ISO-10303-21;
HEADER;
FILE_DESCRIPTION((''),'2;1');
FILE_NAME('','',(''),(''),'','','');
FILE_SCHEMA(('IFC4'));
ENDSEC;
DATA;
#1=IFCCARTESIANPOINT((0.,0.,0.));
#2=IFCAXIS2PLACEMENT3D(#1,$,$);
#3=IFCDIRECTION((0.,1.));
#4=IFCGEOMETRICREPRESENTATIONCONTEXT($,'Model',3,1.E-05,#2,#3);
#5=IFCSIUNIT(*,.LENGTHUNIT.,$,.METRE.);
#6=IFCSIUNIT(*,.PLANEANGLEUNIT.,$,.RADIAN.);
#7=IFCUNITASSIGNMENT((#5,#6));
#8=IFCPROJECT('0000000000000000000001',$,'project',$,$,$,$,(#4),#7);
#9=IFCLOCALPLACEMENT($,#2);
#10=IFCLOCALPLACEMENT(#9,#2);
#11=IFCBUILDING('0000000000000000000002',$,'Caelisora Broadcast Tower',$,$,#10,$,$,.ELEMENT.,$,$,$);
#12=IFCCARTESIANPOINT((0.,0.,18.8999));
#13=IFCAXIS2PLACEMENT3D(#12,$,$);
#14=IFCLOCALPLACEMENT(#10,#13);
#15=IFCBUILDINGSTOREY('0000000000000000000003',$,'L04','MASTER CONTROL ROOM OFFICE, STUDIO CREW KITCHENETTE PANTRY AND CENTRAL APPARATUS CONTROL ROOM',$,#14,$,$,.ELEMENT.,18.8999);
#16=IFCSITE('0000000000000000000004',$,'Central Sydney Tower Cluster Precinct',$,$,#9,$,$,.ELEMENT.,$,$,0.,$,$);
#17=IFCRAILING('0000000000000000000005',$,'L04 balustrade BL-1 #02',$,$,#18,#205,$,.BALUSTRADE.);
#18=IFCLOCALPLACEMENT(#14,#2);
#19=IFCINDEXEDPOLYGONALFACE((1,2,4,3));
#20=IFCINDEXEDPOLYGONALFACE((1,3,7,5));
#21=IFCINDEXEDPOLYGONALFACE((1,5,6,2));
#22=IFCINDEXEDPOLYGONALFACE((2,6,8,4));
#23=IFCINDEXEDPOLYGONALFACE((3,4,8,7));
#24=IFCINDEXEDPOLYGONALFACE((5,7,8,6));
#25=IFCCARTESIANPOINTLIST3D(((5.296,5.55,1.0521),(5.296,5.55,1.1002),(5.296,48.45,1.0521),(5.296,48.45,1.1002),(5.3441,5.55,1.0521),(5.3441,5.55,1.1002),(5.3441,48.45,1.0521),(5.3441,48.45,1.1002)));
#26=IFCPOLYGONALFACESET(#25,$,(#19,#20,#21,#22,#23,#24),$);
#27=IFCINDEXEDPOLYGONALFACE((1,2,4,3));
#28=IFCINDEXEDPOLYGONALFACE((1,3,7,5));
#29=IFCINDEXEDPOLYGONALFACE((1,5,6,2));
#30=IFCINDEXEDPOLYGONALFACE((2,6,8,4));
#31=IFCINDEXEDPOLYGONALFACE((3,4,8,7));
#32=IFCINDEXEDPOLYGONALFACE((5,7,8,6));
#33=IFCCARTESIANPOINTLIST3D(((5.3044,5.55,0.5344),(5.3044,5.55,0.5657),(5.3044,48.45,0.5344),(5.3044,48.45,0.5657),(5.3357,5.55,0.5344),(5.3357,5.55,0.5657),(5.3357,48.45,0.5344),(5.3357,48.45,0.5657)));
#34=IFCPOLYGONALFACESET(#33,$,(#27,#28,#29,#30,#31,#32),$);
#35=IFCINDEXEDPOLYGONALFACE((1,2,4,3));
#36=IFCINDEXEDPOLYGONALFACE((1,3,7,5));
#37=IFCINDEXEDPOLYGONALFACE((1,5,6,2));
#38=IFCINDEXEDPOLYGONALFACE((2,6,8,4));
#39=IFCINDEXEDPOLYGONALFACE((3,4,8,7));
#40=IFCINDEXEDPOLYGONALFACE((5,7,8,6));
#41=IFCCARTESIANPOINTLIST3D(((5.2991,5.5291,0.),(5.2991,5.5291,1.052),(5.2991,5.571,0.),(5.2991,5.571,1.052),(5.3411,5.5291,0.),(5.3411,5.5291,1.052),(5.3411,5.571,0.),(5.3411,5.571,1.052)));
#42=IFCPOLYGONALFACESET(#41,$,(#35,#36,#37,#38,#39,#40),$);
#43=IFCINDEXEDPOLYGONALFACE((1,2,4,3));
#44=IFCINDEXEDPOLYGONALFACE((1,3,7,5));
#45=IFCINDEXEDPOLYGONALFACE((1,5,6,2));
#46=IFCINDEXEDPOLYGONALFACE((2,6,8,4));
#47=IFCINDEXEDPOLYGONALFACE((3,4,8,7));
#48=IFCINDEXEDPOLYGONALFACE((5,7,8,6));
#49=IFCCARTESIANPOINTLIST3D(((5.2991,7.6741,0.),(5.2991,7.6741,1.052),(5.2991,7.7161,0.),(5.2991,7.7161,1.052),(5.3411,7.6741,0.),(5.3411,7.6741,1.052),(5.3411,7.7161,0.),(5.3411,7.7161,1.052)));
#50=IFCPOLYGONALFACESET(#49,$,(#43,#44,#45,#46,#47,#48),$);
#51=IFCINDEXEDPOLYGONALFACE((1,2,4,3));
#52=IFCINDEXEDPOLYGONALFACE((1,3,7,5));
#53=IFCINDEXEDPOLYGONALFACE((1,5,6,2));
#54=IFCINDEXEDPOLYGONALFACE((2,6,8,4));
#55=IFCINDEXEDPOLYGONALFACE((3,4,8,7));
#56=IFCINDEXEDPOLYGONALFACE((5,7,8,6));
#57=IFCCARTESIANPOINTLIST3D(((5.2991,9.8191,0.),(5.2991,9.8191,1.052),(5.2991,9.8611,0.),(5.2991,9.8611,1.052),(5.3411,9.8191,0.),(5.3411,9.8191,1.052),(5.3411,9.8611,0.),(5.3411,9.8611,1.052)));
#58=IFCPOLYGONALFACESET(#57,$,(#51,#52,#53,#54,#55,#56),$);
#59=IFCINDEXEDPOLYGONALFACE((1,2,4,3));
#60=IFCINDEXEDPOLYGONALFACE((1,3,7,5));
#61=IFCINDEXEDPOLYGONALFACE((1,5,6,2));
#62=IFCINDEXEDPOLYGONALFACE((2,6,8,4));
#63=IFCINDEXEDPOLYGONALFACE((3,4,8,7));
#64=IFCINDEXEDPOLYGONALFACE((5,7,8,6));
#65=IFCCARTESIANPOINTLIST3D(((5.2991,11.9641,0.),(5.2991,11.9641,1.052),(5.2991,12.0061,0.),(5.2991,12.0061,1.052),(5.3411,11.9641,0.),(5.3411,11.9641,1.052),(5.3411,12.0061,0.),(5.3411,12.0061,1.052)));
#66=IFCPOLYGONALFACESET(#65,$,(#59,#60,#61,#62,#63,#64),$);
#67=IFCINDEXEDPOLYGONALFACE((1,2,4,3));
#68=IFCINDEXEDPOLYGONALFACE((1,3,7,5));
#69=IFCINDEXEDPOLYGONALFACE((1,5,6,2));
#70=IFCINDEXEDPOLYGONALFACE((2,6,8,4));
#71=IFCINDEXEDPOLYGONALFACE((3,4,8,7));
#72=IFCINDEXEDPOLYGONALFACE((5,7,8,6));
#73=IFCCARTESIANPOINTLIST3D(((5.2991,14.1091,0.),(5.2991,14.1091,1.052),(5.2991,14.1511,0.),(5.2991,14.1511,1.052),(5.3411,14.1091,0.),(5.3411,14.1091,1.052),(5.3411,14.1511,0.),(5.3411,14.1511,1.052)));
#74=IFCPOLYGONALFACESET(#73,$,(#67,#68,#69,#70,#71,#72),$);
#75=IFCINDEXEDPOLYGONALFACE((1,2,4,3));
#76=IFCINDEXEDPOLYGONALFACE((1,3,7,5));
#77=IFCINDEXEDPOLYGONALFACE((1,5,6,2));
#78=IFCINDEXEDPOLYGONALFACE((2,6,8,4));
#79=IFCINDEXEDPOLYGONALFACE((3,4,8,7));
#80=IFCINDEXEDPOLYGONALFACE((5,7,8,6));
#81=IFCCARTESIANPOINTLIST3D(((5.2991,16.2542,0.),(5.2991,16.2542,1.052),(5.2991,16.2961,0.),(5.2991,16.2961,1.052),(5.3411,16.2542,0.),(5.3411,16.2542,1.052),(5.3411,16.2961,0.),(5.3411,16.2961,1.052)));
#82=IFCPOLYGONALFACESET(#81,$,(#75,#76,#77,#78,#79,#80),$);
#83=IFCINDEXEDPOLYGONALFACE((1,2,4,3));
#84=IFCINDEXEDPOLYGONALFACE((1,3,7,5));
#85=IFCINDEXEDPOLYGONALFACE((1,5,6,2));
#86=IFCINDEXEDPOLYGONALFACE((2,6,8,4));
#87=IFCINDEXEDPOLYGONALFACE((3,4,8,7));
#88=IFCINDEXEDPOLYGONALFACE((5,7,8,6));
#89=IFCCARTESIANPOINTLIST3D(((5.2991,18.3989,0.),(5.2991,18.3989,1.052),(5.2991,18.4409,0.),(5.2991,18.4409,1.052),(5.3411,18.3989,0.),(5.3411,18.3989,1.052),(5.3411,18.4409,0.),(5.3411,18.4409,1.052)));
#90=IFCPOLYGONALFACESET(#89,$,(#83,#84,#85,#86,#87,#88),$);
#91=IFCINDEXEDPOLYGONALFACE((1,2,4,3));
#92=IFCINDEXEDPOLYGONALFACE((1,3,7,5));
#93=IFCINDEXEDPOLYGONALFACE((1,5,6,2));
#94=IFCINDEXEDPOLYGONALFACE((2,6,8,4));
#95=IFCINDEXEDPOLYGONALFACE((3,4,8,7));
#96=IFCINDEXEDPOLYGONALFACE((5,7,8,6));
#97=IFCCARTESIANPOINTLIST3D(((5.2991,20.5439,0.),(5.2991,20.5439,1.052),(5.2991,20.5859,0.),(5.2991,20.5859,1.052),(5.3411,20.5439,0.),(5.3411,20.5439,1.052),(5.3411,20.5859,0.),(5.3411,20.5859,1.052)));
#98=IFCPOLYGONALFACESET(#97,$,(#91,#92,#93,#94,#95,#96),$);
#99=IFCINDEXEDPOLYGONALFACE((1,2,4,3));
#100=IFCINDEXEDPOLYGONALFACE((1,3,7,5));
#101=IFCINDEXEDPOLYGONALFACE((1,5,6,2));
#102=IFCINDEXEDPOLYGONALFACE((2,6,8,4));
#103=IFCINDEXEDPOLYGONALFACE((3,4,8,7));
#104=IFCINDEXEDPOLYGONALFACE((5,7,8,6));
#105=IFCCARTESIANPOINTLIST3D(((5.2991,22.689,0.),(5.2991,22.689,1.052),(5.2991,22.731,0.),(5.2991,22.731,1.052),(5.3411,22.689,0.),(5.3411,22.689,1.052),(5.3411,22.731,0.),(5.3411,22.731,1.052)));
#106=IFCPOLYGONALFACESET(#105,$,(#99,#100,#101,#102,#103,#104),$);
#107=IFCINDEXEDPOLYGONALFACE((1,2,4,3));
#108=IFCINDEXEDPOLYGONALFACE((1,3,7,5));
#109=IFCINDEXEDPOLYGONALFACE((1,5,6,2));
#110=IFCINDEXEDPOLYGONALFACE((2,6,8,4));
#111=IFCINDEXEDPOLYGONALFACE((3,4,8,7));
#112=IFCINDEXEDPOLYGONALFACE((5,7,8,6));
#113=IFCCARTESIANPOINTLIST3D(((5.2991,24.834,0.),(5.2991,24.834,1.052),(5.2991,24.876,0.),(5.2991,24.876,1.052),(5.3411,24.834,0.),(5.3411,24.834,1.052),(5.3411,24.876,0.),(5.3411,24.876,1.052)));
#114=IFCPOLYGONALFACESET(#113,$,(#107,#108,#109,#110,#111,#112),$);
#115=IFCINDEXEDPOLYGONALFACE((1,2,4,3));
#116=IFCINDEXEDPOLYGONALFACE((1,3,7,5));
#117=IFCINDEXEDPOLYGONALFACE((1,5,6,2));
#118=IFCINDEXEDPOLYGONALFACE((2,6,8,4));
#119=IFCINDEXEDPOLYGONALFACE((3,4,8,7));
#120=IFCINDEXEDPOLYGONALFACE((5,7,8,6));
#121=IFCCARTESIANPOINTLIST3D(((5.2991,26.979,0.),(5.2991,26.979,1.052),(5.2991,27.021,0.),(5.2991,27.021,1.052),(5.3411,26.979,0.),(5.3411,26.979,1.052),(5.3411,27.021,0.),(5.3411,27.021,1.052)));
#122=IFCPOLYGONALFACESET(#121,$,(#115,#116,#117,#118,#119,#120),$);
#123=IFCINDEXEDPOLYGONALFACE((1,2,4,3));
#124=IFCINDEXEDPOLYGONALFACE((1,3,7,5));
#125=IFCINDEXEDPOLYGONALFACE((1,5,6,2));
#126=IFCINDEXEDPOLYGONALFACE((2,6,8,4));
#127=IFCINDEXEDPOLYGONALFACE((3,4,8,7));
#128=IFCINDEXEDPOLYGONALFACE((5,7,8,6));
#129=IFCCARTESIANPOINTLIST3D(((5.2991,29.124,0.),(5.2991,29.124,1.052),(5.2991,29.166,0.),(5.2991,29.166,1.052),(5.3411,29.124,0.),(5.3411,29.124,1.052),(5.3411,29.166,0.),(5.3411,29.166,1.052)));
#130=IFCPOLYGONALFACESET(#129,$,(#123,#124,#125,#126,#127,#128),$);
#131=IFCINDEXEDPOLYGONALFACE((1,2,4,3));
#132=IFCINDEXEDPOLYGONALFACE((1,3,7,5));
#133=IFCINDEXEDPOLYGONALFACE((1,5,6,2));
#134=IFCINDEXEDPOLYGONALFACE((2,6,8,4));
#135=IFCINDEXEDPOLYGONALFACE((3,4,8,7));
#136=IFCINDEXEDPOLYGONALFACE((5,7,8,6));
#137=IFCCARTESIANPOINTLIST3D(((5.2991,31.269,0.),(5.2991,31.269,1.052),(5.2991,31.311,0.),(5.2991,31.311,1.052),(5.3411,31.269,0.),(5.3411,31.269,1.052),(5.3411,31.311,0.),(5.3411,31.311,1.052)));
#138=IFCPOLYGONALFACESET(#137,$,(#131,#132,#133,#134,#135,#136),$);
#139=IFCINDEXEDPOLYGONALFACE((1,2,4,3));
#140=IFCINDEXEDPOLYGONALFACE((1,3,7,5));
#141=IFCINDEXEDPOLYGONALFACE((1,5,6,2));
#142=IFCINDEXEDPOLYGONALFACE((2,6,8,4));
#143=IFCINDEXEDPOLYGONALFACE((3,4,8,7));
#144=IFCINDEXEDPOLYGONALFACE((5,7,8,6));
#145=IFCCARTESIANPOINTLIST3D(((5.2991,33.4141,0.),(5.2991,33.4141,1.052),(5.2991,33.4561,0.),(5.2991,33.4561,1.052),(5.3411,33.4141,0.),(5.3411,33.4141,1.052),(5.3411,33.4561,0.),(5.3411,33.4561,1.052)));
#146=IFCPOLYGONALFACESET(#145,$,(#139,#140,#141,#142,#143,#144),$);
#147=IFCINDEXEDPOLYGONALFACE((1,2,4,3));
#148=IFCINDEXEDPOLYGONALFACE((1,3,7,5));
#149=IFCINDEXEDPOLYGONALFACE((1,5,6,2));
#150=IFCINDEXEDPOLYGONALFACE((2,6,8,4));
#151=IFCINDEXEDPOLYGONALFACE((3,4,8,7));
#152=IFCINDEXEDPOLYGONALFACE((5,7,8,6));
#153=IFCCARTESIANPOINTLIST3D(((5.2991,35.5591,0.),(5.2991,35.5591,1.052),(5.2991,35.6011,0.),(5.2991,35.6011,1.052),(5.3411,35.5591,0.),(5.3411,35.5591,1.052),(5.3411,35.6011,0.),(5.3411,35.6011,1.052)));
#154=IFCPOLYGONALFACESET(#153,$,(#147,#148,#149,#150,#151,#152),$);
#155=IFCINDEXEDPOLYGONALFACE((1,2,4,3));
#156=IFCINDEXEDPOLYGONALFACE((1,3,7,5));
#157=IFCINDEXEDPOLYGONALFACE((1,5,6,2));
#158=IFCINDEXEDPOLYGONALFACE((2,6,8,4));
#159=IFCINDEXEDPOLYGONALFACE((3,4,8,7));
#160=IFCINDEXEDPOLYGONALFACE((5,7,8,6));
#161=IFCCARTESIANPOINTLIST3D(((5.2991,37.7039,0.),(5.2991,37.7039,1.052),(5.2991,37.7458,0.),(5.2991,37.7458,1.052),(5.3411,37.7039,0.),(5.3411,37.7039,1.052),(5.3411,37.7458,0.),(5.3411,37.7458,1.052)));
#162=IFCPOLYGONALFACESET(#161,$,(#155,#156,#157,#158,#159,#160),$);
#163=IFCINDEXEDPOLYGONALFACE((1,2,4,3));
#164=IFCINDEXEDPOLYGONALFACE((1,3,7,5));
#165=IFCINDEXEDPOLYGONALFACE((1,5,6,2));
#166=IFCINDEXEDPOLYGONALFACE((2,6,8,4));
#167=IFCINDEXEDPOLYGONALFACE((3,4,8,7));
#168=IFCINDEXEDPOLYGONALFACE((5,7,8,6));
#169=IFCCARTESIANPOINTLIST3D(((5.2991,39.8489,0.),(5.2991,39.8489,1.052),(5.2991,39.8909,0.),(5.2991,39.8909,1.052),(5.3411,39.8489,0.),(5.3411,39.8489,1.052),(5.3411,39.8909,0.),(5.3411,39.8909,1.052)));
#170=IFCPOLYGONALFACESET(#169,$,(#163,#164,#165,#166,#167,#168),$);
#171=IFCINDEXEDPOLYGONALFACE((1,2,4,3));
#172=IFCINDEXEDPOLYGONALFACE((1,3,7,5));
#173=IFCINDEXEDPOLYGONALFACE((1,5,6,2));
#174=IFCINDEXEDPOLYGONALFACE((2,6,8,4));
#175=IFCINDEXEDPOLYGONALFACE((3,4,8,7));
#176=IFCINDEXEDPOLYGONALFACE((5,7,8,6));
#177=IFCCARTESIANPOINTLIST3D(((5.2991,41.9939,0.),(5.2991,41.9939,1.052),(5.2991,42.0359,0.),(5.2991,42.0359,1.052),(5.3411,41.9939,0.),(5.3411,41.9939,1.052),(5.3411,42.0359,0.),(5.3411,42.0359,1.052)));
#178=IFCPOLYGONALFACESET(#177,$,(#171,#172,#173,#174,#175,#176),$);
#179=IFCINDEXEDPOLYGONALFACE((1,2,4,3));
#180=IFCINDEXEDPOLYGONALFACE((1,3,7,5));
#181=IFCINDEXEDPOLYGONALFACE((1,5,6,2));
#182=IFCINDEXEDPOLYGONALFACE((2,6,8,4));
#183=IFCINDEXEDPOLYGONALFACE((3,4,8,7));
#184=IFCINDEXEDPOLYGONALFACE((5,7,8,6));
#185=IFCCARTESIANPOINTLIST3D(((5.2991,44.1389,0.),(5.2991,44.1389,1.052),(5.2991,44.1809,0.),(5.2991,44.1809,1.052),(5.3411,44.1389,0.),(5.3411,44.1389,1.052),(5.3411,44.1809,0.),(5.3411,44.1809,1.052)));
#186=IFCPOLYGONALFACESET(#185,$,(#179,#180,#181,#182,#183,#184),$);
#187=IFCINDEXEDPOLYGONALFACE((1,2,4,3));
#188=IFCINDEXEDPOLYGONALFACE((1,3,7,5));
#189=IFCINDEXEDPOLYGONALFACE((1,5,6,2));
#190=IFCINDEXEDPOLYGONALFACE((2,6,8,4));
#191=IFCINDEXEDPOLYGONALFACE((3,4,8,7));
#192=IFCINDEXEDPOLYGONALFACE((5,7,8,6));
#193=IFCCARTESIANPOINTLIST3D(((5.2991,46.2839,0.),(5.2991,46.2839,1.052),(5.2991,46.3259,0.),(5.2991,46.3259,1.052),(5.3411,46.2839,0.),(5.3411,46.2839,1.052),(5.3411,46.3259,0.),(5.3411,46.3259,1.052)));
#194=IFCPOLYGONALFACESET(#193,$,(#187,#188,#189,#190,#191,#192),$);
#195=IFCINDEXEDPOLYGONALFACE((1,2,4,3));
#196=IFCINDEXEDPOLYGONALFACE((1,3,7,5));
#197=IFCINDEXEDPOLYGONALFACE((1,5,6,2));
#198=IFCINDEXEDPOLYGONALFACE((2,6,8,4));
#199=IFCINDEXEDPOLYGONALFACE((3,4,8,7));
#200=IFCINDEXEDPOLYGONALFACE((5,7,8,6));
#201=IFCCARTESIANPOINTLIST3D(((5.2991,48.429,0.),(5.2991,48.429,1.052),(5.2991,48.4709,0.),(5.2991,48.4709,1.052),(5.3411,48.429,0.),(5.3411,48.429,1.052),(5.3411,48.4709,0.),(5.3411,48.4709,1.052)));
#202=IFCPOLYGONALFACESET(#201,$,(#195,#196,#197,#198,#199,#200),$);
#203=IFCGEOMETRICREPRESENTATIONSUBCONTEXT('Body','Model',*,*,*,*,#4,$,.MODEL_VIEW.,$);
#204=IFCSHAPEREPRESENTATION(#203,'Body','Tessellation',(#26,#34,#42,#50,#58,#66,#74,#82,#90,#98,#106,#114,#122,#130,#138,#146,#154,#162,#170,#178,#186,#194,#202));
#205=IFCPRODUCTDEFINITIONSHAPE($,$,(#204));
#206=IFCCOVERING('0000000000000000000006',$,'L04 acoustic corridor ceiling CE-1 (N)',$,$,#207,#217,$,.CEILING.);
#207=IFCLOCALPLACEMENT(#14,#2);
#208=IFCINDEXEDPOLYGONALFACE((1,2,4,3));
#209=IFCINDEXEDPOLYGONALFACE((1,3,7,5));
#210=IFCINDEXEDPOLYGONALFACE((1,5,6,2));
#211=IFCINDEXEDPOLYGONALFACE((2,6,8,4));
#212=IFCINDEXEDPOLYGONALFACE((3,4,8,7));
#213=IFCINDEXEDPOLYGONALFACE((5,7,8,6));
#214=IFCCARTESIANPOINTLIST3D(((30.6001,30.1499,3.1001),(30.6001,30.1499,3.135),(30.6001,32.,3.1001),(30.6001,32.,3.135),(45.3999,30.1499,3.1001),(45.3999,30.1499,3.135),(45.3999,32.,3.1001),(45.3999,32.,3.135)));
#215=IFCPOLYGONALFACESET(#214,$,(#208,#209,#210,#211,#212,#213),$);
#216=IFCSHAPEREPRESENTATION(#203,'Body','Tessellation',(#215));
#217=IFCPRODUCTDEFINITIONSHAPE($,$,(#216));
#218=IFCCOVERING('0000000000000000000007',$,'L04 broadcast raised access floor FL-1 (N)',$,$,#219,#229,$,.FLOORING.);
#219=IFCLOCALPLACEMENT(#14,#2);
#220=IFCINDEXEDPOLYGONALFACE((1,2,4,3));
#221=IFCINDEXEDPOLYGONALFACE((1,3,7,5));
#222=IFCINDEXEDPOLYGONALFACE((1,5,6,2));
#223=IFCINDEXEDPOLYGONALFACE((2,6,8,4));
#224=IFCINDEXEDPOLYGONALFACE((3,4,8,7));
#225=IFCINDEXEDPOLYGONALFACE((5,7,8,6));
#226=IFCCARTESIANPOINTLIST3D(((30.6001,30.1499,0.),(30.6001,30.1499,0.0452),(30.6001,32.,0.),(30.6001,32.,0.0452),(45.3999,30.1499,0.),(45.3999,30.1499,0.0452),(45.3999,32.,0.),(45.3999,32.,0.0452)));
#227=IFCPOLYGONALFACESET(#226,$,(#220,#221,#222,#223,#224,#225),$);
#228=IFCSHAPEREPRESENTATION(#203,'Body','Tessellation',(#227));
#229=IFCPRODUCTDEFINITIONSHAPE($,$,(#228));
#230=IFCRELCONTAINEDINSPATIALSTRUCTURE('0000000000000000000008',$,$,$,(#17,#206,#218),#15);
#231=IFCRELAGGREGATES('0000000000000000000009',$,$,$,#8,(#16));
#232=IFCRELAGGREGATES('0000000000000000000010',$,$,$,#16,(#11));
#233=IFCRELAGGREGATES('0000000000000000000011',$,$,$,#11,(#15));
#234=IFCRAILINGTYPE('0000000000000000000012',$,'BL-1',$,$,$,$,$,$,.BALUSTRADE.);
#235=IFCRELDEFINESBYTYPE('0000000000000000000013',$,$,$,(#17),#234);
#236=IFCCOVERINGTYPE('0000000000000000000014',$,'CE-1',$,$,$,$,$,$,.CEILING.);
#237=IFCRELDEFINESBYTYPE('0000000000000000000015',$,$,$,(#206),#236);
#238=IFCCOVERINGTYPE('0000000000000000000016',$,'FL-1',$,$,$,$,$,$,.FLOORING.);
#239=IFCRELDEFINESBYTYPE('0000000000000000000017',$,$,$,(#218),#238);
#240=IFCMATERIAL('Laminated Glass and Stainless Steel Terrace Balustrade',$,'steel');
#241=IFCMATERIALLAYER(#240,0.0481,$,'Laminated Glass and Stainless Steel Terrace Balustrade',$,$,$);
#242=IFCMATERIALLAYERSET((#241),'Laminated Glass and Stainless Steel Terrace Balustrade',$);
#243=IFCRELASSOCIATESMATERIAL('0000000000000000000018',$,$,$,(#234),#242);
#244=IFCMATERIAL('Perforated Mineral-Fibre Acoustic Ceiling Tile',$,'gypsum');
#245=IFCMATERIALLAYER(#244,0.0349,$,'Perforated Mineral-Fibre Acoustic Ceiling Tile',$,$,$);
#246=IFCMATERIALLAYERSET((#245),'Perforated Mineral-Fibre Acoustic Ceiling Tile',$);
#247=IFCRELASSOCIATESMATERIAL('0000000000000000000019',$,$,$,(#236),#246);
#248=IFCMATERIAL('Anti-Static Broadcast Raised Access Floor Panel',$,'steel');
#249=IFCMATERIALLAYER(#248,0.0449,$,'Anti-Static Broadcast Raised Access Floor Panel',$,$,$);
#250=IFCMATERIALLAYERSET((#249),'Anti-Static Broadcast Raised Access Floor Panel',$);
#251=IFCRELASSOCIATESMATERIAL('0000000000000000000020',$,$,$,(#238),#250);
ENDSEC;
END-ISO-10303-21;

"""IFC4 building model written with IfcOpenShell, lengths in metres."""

from ifc_helpers import new_model, si_unit, direction, frame, origin, origin_2d, place, context, subcontext, project, spatial, polyline, rectangle, outline, extrude, material, layer, layer_set, type_object, element, save


model = new_model("IFC4")

# Units and contexts
model_context = context("Model", 3, precision=1e-05, world=origin(), true_north=direction((0.0, 1.0)))
body_context = subcontext(model_context, "Body", "Model", "MODEL_VIEW")
ifc_project = project(units=[si_unit("LENGTHUNIT", "METRE"), si_unit("PLANEANGLEUNIT", "RADIAN")], contexts=[model_context])

# Site, building, storey
site_placement = place(None, origin())
site = spatial("IfcSite", under=ifc_project, at=site_placement, Name="Central Sydney Tower Cluster Precinct", CompositionType="ELEMENT", RefElevation=0.0)
building_placement = place(site_placement, origin())
building = spatial("IfcBuilding", under=site, at=building_placement, Name="Caelisora Broadcast Tower", CompositionType="ELEMENT")
storey_placement = place(building_placement, frame((0.0, 0.0, 18.8999)))
storey = spatial("IfcBuildingStorey", under=building, at=storey_placement, Name="L04", Description="MASTER CONTROL ROOM OFFICE, STUDIO CREW KITCHENETTE PANTRY AND CENTRAL APPARATUS CONTROL ROOM", CompositionType="ELEMENT", Elevation=18.8999)

# Railing
ifc_material_1 = material(Name="Laminated Glass and Stainless Steel Terrace Balustrade", Category="steel")
ifc_layer_1 = layer(ifc_material_1, 0.0481, Name="Laminated Glass and Stainless Steel Terrace Balustrade")
ifc_layer_set_1 = layer_set([ifc_layer_1], Name="Laminated Glass and Stainless Steel Terrace Balustrade")
railing_type = type_object("IfcRailingType", Name="BL-1", PredefinedType="BALUSTRADE", material=ifc_layer_set_1)
railing_1_placement = place(storey_placement, frame((5.3201, 5.55, 0.0)))
element("IfcRailing", 1, at=railing_1_placement, inside=storey, type_object=railing_type, Name="L04 balustrade BL-1 #02", PredefinedType="BALUSTRADE", context=body_context, shape_type="SweptSolid", body=[
    extrude(rectangle(XDim=0.0481, YDim=0.0481, at=origin_2d()), frame((0.0, 0.0, 1.0762), z_axis=(0.0, 1.0, 0.0), x_axis=(-1.0, 0.0, 0.0)), (0.0, 0.0, 1.0), 42.8999),
    extrude(rectangle(XDim=0.0312, YDim=0.0312, at=origin_2d()), frame((0.0, 0.0, 0.55), z_axis=(0.0, 1.0, 0.0), x_axis=(-1.0, 0.0, 0.0)), (0.0, 0.0, 1.0), 42.8999),
    extrude(rectangle(XDim=0.042, YDim=0.042, at=origin_2d()), origin(), (0.0, 0.0, 1.0), 1.052),
    extrude(rectangle(XDim=0.042, YDim=0.042, at=origin_2d()), frame((0.0, 2.145, 0.0)), (0.0, 0.0, 1.0), 1.052),
    extrude(rectangle(XDim=0.042, YDim=0.042, at=origin_2d()), frame((0.0, 4.29, 0.0)), (0.0, 0.0, 1.0), 1.052),
    extrude(rectangle(XDim=0.042, YDim=0.042, at=origin_2d()), frame((0.0, 6.4351, 0.0)), (0.0, 0.0, 1.0), 1.052),
    extrude(rectangle(XDim=0.042, YDim=0.042, at=origin_2d()), frame((0.0, 8.5801, 0.0)), (0.0, 0.0, 1.0), 1.052),
    extrude(rectangle(XDim=0.042, YDim=0.042, at=origin_2d()), frame((0.0, 10.7251, 0.0)), (0.0, 0.0, 1.0), 1.052),
    extrude(rectangle(XDim=0.042, YDim=0.042, at=origin_2d()), frame((0.0, 12.8699, 0.0)), (0.0, 0.0, 1.0), 1.052),
    extrude(rectangle(XDim=0.042, YDim=0.042, at=origin_2d()), frame((0.0, 15.0149, 0.0)), (0.0, 0.0, 1.0), 1.052),
    extrude(rectangle(XDim=0.042, YDim=0.042, at=origin_2d()), frame((0.0, 17.1599, 0.0)), (0.0, 0.0, 1.0), 1.052),
    extrude(rectangle(XDim=0.042, YDim=0.042, at=origin_2d()), frame((0.0, 19.3049, 0.0)), (0.0, 0.0, 1.0), 1.052),
    extrude(rectangle(XDim=0.042, YDim=0.042, at=origin_2d()), frame((0.0, 21.45, 0.0)), (0.0, 0.0, 1.0), 1.052),
    extrude(rectangle(XDim=0.042, YDim=0.042, at=origin_2d()), frame((0.0, 23.595, 0.0)), (0.0, 0.0, 1.0), 1.052),
    extrude(rectangle(XDim=0.042, YDim=0.042, at=origin_2d()), frame((0.0, 25.74, 0.0)), (0.0, 0.0, 1.0), 1.052),
    extrude(rectangle(XDim=0.042, YDim=0.042, at=origin_2d()), frame((0.0, 27.885, 0.0)), (0.0, 0.0, 1.0), 1.052),
    extrude(rectangle(XDim=0.042, YDim=0.042, at=origin_2d()), frame((0.0, 30.03, 0.0)), (0.0, 0.0, 1.0), 1.052),
    extrude(rectangle(XDim=0.042, YDim=0.042, at=origin_2d()), frame((0.0, 32.1748, 0.0)), (0.0, 0.0, 1.0), 1.052),
    extrude(rectangle(XDim=0.042, YDim=0.042, at=origin_2d()), frame((0.0, 34.3198, 0.0)), (0.0, 0.0, 1.0), 1.052),
    extrude(rectangle(XDim=0.042, YDim=0.042, at=origin_2d()), frame((0.0, 36.4648, 0.0)), (0.0, 0.0, 1.0), 1.052),
    extrude(rectangle(XDim=0.042, YDim=0.042, at=origin_2d()), frame((0.0, 38.6099, 0.0)), (0.0, 0.0, 1.0), 1.052),
    extrude(rectangle(XDim=0.042, YDim=0.042, at=origin_2d()), frame((0.0, 40.7549, 0.0)), (0.0, 0.0, 1.0), 1.052),
    extrude(rectangle(XDim=0.042, YDim=0.042, at=origin_2d()), frame((0.0, 42.8999, 0.0)), (0.0, 0.0, 1.0), 1.052),
])

# Coverings
ifc_material_2 = material(Name="Perforated Mineral-Fibre Acoustic Ceiling Tile", Category="gypsum")
ifc_layer_2 = layer(ifc_material_2, 0.0349, Name="Perforated Mineral-Fibre Acoustic Ceiling Tile")
ifc_layer_set_2 = layer_set([ifc_layer_2], Name="Perforated Mineral-Fibre Acoustic Ceiling Tile")
covering_type_1 = type_object("IfcCoveringType", Name="CE-1", PredefinedType="CEILING", material=ifc_layer_set_2)
covering_1_placement = place(storey_placement, frame((0.0, 0.0, 3.1001)))
element("IfcCovering", 2, at=covering_1_placement, inside=storey, type_object=covering_type_1, Name="L04 acoustic corridor ceiling CE-1 (N)", PredefinedType="CEILING", context=body_context, shape_type="SweptSolid", body=[
    extrude(outline(polyline([(30.6001, 30.1499), (45.3999, 30.1499), (45.3999, 32.0), (30.6001, 32.0), (30.6001, 30.1499)])), origin(), (0.0, 0.0, 1.0), 0.0349),
])
ifc_material_3 = material(Name="Anti-Static Broadcast Raised Access Floor Panel", Category="steel")
ifc_layer_3 = layer(ifc_material_3, 0.0449, Name="Anti-Static Broadcast Raised Access Floor Panel")
ifc_layer_set_3 = layer_set([ifc_layer_3], Name="Anti-Static Broadcast Raised Access Floor Panel")
covering_type_2 = type_object("IfcCoveringType", Name="FL-1", PredefinedType="FLOORING", material=ifc_layer_set_3)
covering_2_placement = place(storey_placement, origin())
element("IfcCovering", 3, at=covering_2_placement, inside=storey, type_object=covering_type_2, Name="L04 broadcast raised access floor FL-1 (N)", PredefinedType="FLOORING", context=body_context, shape_type="SweptSolid", body=[
    extrude(outline(polyline([(30.6001, 30.1499), (45.3999, 30.1499), (45.3999, 32.0), (30.6001, 32.0), (30.6001, 30.1499)])), origin(), (0.0, 0.0, 1.0), 0.0452),
])

save(model, "model.ifc")
